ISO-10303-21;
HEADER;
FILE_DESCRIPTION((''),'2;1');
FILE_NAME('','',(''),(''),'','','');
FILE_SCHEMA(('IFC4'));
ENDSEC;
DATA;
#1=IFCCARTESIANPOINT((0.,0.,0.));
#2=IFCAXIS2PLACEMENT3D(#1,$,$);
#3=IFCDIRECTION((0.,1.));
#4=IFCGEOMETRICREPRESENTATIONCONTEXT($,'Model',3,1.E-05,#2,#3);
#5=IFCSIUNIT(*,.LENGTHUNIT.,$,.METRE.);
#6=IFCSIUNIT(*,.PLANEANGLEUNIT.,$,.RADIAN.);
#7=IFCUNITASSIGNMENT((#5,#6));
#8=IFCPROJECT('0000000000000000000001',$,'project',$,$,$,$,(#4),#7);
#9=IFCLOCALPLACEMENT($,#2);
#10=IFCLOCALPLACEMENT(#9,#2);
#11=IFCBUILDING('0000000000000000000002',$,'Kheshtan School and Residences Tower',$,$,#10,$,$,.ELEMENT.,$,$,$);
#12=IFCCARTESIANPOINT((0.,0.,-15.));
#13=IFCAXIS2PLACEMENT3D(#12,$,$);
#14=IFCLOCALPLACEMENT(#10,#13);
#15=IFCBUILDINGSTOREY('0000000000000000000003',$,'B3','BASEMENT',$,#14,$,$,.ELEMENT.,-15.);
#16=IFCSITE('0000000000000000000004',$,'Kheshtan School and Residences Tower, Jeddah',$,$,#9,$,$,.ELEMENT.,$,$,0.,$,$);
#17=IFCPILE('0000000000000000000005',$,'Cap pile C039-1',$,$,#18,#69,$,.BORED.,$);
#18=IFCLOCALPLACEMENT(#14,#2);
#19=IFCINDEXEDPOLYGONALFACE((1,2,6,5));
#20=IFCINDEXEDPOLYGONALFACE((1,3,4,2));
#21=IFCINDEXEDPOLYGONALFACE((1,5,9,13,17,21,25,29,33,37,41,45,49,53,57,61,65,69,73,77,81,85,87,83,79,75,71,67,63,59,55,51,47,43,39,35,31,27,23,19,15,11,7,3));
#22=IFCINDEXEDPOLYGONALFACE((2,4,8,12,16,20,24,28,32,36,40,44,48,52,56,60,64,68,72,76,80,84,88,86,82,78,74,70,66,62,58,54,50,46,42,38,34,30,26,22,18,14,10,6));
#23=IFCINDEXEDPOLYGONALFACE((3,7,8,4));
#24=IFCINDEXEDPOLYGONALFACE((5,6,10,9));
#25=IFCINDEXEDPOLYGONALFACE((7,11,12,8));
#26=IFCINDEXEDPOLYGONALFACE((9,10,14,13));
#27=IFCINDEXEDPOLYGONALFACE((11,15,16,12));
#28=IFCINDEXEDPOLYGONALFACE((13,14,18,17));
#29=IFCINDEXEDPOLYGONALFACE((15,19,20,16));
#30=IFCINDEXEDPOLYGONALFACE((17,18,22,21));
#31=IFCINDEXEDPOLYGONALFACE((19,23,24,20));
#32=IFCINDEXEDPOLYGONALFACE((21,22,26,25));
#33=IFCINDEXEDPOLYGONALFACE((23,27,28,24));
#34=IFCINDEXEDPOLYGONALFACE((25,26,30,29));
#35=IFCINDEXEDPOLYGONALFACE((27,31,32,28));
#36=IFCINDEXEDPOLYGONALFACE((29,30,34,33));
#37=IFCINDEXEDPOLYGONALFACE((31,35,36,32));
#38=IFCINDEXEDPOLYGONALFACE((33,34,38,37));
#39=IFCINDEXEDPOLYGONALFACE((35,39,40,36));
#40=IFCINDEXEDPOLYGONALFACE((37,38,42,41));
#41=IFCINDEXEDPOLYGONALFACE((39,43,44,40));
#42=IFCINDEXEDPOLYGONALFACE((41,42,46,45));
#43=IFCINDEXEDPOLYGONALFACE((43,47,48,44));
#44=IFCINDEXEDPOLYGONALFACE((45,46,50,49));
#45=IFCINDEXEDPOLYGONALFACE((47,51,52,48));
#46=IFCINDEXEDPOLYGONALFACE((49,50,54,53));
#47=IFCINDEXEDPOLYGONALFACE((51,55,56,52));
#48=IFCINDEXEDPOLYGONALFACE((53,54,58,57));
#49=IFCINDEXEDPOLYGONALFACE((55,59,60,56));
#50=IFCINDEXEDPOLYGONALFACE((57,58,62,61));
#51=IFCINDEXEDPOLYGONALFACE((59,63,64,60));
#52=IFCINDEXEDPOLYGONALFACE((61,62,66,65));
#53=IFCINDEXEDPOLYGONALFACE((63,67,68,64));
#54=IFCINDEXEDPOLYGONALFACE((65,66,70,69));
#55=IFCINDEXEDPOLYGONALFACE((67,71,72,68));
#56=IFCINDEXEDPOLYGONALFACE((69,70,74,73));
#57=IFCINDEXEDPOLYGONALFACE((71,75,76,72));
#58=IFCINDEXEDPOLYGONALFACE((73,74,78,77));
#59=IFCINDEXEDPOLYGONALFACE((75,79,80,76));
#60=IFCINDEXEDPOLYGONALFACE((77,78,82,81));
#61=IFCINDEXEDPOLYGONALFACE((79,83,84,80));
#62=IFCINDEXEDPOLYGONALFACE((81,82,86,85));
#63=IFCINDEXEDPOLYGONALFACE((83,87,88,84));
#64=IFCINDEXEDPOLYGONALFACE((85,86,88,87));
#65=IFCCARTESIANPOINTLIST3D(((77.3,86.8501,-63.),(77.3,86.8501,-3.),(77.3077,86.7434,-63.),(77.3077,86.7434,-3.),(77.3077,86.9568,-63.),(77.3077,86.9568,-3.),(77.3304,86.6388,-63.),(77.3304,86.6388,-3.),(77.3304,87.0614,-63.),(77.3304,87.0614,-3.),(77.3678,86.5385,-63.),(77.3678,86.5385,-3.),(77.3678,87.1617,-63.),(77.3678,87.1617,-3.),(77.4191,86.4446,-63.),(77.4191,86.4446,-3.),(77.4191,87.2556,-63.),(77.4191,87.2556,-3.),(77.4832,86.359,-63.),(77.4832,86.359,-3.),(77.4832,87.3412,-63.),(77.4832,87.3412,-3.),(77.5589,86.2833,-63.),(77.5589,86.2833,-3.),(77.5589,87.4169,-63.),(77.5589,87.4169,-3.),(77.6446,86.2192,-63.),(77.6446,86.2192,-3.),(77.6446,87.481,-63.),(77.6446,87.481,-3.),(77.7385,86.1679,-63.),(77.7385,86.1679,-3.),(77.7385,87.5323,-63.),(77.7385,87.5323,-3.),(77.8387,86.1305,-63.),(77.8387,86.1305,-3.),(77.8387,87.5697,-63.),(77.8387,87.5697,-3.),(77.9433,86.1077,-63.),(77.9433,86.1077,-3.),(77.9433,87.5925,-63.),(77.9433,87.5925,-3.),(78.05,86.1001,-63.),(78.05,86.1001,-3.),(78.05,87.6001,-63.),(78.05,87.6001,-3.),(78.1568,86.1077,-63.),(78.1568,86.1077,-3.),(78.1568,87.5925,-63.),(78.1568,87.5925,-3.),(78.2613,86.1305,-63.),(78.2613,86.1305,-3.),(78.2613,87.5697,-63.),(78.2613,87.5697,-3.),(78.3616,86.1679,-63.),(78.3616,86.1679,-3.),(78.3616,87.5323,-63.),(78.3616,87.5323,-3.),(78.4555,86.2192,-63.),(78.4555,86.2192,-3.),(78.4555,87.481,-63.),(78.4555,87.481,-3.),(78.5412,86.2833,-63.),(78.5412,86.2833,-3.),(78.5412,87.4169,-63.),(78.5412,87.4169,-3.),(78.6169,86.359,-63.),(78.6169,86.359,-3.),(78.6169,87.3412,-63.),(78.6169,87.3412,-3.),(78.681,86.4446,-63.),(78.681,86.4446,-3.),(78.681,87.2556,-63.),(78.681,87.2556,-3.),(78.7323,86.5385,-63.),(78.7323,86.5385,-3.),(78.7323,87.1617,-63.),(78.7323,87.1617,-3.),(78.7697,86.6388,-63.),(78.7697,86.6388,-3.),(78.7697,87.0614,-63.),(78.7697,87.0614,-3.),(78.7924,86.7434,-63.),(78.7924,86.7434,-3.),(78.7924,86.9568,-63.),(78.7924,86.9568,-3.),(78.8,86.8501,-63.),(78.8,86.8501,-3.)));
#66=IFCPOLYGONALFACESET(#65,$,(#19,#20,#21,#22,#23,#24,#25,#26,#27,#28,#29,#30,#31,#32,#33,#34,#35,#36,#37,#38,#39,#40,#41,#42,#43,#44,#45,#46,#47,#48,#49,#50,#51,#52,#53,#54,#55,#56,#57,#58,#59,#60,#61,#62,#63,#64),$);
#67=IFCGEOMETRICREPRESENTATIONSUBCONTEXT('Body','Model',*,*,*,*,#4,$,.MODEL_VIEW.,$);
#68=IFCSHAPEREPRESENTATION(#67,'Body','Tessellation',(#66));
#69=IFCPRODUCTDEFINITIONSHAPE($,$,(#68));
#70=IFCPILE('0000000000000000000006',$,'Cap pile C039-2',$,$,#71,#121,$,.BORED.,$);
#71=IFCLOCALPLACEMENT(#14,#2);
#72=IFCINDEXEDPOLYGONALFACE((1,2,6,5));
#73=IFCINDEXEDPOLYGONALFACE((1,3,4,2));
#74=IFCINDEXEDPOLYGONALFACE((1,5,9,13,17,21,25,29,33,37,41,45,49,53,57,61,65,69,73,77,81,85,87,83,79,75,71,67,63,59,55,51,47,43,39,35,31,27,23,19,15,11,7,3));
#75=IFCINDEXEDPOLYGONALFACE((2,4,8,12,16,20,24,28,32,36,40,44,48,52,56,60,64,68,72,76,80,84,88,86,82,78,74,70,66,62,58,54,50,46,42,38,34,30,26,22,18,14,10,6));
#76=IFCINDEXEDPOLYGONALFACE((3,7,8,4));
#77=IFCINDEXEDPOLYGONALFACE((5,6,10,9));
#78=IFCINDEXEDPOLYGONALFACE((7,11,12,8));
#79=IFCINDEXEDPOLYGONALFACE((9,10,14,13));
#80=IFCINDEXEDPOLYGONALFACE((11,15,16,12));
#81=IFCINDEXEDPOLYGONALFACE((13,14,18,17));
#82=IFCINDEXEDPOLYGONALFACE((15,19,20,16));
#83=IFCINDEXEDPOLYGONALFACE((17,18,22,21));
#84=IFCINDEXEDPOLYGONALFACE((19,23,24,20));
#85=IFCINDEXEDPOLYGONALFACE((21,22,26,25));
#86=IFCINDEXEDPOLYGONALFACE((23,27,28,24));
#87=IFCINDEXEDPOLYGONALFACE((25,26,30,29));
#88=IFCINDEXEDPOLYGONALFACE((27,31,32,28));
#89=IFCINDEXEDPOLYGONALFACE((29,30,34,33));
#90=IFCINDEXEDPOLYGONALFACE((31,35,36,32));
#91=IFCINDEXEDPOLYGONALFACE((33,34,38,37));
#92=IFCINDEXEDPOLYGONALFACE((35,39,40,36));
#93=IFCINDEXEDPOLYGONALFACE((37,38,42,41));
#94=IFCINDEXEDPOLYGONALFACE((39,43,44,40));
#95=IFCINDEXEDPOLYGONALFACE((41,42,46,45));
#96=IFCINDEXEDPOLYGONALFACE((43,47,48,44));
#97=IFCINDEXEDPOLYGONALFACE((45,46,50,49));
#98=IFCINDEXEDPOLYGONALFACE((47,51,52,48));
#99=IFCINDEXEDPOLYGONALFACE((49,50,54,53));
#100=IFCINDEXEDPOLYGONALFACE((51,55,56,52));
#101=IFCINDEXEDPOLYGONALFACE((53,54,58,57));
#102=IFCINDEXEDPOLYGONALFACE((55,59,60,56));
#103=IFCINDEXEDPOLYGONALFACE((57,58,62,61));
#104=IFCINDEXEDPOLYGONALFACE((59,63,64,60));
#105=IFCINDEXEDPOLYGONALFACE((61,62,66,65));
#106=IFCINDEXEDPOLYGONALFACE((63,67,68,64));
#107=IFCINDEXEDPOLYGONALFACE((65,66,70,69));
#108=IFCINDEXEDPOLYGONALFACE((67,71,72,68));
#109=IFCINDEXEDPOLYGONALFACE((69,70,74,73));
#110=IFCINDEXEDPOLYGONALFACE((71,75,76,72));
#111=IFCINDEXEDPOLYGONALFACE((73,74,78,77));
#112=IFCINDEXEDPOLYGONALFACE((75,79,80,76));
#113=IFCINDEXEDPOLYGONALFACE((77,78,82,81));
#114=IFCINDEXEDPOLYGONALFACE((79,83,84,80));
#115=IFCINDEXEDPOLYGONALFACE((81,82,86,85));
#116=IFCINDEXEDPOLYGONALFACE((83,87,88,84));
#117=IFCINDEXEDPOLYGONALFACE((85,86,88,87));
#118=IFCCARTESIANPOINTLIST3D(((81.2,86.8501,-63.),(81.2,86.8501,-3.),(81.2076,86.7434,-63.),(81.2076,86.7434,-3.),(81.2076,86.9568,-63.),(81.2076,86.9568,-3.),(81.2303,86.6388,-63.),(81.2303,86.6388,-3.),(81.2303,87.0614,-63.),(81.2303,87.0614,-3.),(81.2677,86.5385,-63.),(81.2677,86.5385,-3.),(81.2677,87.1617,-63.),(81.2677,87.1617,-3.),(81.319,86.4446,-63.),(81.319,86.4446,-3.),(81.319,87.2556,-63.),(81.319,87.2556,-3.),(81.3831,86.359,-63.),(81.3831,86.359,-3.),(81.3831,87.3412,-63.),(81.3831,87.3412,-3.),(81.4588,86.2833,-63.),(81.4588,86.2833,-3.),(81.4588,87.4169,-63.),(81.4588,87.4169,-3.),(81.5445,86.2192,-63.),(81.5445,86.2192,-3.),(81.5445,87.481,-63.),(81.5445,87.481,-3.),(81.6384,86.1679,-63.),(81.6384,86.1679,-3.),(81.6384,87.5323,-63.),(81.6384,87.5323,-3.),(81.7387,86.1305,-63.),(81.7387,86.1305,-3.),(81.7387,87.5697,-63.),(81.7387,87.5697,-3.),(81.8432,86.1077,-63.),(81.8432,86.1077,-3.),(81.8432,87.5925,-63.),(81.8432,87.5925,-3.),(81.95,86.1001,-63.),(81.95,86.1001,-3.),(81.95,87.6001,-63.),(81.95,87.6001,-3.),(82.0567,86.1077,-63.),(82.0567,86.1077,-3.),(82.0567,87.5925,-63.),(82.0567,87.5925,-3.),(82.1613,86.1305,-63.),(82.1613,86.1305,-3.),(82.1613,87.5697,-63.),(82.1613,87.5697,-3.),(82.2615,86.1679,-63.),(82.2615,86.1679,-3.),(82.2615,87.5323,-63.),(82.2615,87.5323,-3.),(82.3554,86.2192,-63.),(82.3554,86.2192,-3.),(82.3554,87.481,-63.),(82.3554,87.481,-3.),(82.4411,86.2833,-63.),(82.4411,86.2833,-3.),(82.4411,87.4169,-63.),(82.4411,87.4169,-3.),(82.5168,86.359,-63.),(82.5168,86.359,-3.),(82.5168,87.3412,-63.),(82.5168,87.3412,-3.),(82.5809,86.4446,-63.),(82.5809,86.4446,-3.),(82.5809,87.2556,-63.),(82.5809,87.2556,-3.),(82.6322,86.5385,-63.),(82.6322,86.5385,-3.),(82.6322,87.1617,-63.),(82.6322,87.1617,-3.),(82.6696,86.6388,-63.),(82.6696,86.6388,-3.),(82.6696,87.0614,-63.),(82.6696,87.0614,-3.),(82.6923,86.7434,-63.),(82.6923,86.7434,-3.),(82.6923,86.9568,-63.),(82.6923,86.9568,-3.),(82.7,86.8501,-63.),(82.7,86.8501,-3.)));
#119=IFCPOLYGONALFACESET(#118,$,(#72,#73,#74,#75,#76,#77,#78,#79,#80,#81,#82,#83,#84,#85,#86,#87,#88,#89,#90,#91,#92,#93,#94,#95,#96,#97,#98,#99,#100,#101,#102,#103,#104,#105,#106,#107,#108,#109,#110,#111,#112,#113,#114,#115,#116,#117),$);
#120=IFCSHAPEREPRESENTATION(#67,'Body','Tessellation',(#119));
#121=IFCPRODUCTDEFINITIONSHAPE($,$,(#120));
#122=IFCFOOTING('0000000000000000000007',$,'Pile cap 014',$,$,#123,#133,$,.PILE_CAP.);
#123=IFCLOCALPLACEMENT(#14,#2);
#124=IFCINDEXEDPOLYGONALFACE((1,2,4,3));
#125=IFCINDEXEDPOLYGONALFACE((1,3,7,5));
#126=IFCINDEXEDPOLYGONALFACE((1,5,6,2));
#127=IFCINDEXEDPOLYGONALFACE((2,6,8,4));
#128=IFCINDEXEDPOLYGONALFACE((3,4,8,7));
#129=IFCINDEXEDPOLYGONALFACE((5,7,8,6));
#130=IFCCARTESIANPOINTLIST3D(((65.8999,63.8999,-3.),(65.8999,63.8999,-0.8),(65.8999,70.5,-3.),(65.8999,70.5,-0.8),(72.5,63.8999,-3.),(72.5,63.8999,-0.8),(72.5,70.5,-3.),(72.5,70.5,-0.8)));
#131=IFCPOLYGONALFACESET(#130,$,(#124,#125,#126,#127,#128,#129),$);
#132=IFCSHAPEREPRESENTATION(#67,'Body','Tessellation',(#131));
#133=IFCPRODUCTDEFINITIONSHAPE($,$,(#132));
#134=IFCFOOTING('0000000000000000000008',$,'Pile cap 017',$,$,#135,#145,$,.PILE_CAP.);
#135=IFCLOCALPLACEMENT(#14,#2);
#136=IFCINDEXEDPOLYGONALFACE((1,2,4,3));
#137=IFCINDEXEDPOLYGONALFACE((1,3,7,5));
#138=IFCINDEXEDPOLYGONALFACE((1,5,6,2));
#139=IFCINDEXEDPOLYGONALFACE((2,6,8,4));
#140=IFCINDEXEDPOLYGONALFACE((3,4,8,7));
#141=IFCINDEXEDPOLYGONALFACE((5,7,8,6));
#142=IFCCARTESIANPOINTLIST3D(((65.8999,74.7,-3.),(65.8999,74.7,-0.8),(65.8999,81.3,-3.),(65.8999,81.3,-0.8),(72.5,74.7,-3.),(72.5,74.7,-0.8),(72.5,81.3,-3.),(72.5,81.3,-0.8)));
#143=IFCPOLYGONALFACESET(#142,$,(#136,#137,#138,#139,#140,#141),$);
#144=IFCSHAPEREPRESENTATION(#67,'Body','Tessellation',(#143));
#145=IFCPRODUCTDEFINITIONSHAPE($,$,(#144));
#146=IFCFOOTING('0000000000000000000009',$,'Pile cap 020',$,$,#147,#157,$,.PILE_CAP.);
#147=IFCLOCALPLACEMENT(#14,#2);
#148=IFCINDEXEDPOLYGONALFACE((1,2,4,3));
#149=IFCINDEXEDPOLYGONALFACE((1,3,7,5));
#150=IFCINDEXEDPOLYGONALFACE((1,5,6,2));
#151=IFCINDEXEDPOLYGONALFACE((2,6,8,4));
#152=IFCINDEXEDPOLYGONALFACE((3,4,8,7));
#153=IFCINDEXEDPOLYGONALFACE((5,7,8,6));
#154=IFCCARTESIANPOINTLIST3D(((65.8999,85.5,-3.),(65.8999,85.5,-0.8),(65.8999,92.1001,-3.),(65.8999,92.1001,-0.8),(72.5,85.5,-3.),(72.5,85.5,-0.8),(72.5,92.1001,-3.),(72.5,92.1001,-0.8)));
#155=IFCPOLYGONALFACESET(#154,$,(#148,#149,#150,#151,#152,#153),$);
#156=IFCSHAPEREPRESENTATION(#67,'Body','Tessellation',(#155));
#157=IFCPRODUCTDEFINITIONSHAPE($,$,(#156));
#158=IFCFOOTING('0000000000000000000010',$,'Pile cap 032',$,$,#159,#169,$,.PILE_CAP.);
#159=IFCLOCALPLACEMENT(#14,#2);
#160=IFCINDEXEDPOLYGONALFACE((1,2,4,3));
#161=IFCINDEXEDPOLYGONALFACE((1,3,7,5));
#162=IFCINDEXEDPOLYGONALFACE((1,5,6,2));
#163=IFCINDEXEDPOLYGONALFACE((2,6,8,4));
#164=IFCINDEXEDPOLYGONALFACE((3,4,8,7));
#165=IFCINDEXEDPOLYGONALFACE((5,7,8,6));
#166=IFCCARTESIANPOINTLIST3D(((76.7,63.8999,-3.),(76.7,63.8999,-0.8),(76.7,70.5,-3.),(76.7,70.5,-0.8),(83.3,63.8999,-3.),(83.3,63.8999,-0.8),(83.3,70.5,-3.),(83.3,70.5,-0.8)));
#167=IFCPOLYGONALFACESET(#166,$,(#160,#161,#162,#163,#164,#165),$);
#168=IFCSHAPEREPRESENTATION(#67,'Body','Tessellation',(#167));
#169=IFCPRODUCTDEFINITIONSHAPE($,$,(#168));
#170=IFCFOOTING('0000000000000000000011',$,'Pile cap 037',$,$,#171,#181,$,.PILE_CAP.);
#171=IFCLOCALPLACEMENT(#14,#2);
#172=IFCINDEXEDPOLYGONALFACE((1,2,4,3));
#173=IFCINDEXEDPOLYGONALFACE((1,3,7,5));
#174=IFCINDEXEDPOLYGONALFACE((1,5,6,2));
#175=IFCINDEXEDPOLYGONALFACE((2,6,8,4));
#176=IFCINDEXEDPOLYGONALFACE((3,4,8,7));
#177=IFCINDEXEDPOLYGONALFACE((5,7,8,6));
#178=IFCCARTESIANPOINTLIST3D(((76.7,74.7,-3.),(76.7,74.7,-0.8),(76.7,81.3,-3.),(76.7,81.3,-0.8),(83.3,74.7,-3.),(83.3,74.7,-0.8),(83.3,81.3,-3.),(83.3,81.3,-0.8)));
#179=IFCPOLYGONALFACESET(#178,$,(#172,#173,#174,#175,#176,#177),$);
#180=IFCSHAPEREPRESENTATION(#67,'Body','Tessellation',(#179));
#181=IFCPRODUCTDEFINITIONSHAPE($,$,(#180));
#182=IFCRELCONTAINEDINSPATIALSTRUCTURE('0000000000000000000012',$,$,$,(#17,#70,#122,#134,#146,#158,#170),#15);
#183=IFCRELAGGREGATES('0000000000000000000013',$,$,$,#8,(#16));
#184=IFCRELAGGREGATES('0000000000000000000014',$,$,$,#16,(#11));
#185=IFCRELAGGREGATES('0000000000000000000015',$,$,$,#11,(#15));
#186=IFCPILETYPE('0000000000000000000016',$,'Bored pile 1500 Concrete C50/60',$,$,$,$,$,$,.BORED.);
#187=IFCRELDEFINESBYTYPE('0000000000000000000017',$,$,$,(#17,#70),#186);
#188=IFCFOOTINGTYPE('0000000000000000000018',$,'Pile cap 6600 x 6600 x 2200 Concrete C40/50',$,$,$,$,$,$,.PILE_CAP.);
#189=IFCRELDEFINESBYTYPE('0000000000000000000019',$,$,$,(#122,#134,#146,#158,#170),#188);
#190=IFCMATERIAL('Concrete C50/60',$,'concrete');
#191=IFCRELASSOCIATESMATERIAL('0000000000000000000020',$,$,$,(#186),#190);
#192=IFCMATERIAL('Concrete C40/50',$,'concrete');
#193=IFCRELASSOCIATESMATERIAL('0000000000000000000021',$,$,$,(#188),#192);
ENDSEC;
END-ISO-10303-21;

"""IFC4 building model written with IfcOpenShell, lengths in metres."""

from ifc_helpers import new_model, si_unit, direction, frame, origin, origin_2d, place, context, subcontext, project, spatial, rectangle, circle, extrude, material, material_profile, profile_set, type_object, element, save


model = new_model("IFC4")

# Units and contexts
model_context = context("Model", 3, precision=1e-05, world=origin(), true_north=direction((0.0, 1.0)))
body_context = subcontext(model_context, "Body", "Model", "MODEL_VIEW")
ifc_project = project(units=[si_unit("LENGTHUNIT", "METRE"), si_unit("PLANEANGLEUNIT", "RADIAN")], contexts=[model_context])

# Site, building, storey
site_placement = place(None, origin())
site = spatial("IfcSite", under=ifc_project, at=site_placement, Name="Kheshtan School and Residences Tower, Jeddah", CompositionType="ELEMENT", RefElevation=0.0)
building_placement = place(site_placement, origin())
building = spatial("IfcBuilding", under=site, at=building_placement, Name="Kheshtan School and Residences Tower", CompositionType="ELEMENT")
storey_placement = place(building_placement, frame((0.0, 0.0, -15.0)))
storey = spatial("IfcBuildingStorey", under=building, at=storey_placement, Name="B3", Description="BASEMENT", CompositionType="ELEMENT", Elevation=-15.0)

# Piles
ifc_material_1 = material(Name="Concrete C50/60", Category="concrete")
ifc_material_profile_1 = material_profile(ifc_material_1, circle(Radius=0.75, at=origin_2d()), Name="BP 1500")
ifc_profile_set_1 = profile_set([ifc_material_profile_1], Name="Concrete C50/60")
pile_type = type_object("IfcPileType", Name="Bored pile 1500 Concrete C50/60", PredefinedType="BORED", material=ifc_profile_set_1)
for number, where, z_axis, x_axis, name in (
    (1, (78.05, 86.8501, -3.0), (0.0, 0.0, -1.0), (1.0, 0.0, 0.0), "Cap pile C039-1"),
    (2, (81.95, 86.8501, -3.0), (0.0, 0.0, -1.0), (1.0, 0.0, 0.0), "Cap pile C039-2"),
):
    element("IfcPile", number, at=place(storey_placement, frame(where, z_axis=z_axis, x_axis=x_axis)), inside=storey, type_object=pile_type, Name=name, PredefinedType="BORED", context=body_context, shape_type="SweptSolid", body=[
        extrude(circle(Radius=0.75, at=origin_2d()), origin(), (0.0, 0.0, 1.0), 60.0),
    ])

# Footings
ifc_material_2 = material(Name="Concrete C40/50", Category="concrete")
footing_type = type_object("IfcFootingType", Name="Pile cap 6600 x 6600 x 2200 Concrete C40/50", PredefinedType="PILE_CAP", material=ifc_material_2)
for number, where, z_axis, x_axis, name in (
    (3, (69.2, 67.2, -3.0), (0.0, 0.0, 1.0), (1.0, 0.0, 0.0), "Pile cap 014"),
    (4, (69.2, 78.0, -3.0), (0.0, 0.0, 1.0), (1.0, 0.0, 0.0), "Pile cap 017"),
    (5, (69.2, 88.8, -3.0), (0.0, 0.0, 1.0), (1.0, 0.0, 0.0), "Pile cap 020"),
    (6, (80.0, 67.2, -3.0), (0.0, 0.0, 1.0), (1.0, 0.0, 0.0), "Pile cap 032"),
    (7, (80.0, 78.0, -3.0), (0.0, 0.0, 1.0), (1.0, 0.0, 0.0), "Pile cap 037"),
):
    element("IfcFooting", number, at=place(storey_placement, frame(where, z_axis=z_axis, x_axis=x_axis)), inside=storey, type_object=footing_type, Name=name, PredefinedType="PILE_CAP", context=body_context, shape_type="SweptSolid", body=[
        extrude(rectangle(XDim=6.6001, YDim=6.6001, at=origin_2d()), origin(), (0.0, 0.0, 1.0), 2.2),
    ])

save(model, "model.ifc")
